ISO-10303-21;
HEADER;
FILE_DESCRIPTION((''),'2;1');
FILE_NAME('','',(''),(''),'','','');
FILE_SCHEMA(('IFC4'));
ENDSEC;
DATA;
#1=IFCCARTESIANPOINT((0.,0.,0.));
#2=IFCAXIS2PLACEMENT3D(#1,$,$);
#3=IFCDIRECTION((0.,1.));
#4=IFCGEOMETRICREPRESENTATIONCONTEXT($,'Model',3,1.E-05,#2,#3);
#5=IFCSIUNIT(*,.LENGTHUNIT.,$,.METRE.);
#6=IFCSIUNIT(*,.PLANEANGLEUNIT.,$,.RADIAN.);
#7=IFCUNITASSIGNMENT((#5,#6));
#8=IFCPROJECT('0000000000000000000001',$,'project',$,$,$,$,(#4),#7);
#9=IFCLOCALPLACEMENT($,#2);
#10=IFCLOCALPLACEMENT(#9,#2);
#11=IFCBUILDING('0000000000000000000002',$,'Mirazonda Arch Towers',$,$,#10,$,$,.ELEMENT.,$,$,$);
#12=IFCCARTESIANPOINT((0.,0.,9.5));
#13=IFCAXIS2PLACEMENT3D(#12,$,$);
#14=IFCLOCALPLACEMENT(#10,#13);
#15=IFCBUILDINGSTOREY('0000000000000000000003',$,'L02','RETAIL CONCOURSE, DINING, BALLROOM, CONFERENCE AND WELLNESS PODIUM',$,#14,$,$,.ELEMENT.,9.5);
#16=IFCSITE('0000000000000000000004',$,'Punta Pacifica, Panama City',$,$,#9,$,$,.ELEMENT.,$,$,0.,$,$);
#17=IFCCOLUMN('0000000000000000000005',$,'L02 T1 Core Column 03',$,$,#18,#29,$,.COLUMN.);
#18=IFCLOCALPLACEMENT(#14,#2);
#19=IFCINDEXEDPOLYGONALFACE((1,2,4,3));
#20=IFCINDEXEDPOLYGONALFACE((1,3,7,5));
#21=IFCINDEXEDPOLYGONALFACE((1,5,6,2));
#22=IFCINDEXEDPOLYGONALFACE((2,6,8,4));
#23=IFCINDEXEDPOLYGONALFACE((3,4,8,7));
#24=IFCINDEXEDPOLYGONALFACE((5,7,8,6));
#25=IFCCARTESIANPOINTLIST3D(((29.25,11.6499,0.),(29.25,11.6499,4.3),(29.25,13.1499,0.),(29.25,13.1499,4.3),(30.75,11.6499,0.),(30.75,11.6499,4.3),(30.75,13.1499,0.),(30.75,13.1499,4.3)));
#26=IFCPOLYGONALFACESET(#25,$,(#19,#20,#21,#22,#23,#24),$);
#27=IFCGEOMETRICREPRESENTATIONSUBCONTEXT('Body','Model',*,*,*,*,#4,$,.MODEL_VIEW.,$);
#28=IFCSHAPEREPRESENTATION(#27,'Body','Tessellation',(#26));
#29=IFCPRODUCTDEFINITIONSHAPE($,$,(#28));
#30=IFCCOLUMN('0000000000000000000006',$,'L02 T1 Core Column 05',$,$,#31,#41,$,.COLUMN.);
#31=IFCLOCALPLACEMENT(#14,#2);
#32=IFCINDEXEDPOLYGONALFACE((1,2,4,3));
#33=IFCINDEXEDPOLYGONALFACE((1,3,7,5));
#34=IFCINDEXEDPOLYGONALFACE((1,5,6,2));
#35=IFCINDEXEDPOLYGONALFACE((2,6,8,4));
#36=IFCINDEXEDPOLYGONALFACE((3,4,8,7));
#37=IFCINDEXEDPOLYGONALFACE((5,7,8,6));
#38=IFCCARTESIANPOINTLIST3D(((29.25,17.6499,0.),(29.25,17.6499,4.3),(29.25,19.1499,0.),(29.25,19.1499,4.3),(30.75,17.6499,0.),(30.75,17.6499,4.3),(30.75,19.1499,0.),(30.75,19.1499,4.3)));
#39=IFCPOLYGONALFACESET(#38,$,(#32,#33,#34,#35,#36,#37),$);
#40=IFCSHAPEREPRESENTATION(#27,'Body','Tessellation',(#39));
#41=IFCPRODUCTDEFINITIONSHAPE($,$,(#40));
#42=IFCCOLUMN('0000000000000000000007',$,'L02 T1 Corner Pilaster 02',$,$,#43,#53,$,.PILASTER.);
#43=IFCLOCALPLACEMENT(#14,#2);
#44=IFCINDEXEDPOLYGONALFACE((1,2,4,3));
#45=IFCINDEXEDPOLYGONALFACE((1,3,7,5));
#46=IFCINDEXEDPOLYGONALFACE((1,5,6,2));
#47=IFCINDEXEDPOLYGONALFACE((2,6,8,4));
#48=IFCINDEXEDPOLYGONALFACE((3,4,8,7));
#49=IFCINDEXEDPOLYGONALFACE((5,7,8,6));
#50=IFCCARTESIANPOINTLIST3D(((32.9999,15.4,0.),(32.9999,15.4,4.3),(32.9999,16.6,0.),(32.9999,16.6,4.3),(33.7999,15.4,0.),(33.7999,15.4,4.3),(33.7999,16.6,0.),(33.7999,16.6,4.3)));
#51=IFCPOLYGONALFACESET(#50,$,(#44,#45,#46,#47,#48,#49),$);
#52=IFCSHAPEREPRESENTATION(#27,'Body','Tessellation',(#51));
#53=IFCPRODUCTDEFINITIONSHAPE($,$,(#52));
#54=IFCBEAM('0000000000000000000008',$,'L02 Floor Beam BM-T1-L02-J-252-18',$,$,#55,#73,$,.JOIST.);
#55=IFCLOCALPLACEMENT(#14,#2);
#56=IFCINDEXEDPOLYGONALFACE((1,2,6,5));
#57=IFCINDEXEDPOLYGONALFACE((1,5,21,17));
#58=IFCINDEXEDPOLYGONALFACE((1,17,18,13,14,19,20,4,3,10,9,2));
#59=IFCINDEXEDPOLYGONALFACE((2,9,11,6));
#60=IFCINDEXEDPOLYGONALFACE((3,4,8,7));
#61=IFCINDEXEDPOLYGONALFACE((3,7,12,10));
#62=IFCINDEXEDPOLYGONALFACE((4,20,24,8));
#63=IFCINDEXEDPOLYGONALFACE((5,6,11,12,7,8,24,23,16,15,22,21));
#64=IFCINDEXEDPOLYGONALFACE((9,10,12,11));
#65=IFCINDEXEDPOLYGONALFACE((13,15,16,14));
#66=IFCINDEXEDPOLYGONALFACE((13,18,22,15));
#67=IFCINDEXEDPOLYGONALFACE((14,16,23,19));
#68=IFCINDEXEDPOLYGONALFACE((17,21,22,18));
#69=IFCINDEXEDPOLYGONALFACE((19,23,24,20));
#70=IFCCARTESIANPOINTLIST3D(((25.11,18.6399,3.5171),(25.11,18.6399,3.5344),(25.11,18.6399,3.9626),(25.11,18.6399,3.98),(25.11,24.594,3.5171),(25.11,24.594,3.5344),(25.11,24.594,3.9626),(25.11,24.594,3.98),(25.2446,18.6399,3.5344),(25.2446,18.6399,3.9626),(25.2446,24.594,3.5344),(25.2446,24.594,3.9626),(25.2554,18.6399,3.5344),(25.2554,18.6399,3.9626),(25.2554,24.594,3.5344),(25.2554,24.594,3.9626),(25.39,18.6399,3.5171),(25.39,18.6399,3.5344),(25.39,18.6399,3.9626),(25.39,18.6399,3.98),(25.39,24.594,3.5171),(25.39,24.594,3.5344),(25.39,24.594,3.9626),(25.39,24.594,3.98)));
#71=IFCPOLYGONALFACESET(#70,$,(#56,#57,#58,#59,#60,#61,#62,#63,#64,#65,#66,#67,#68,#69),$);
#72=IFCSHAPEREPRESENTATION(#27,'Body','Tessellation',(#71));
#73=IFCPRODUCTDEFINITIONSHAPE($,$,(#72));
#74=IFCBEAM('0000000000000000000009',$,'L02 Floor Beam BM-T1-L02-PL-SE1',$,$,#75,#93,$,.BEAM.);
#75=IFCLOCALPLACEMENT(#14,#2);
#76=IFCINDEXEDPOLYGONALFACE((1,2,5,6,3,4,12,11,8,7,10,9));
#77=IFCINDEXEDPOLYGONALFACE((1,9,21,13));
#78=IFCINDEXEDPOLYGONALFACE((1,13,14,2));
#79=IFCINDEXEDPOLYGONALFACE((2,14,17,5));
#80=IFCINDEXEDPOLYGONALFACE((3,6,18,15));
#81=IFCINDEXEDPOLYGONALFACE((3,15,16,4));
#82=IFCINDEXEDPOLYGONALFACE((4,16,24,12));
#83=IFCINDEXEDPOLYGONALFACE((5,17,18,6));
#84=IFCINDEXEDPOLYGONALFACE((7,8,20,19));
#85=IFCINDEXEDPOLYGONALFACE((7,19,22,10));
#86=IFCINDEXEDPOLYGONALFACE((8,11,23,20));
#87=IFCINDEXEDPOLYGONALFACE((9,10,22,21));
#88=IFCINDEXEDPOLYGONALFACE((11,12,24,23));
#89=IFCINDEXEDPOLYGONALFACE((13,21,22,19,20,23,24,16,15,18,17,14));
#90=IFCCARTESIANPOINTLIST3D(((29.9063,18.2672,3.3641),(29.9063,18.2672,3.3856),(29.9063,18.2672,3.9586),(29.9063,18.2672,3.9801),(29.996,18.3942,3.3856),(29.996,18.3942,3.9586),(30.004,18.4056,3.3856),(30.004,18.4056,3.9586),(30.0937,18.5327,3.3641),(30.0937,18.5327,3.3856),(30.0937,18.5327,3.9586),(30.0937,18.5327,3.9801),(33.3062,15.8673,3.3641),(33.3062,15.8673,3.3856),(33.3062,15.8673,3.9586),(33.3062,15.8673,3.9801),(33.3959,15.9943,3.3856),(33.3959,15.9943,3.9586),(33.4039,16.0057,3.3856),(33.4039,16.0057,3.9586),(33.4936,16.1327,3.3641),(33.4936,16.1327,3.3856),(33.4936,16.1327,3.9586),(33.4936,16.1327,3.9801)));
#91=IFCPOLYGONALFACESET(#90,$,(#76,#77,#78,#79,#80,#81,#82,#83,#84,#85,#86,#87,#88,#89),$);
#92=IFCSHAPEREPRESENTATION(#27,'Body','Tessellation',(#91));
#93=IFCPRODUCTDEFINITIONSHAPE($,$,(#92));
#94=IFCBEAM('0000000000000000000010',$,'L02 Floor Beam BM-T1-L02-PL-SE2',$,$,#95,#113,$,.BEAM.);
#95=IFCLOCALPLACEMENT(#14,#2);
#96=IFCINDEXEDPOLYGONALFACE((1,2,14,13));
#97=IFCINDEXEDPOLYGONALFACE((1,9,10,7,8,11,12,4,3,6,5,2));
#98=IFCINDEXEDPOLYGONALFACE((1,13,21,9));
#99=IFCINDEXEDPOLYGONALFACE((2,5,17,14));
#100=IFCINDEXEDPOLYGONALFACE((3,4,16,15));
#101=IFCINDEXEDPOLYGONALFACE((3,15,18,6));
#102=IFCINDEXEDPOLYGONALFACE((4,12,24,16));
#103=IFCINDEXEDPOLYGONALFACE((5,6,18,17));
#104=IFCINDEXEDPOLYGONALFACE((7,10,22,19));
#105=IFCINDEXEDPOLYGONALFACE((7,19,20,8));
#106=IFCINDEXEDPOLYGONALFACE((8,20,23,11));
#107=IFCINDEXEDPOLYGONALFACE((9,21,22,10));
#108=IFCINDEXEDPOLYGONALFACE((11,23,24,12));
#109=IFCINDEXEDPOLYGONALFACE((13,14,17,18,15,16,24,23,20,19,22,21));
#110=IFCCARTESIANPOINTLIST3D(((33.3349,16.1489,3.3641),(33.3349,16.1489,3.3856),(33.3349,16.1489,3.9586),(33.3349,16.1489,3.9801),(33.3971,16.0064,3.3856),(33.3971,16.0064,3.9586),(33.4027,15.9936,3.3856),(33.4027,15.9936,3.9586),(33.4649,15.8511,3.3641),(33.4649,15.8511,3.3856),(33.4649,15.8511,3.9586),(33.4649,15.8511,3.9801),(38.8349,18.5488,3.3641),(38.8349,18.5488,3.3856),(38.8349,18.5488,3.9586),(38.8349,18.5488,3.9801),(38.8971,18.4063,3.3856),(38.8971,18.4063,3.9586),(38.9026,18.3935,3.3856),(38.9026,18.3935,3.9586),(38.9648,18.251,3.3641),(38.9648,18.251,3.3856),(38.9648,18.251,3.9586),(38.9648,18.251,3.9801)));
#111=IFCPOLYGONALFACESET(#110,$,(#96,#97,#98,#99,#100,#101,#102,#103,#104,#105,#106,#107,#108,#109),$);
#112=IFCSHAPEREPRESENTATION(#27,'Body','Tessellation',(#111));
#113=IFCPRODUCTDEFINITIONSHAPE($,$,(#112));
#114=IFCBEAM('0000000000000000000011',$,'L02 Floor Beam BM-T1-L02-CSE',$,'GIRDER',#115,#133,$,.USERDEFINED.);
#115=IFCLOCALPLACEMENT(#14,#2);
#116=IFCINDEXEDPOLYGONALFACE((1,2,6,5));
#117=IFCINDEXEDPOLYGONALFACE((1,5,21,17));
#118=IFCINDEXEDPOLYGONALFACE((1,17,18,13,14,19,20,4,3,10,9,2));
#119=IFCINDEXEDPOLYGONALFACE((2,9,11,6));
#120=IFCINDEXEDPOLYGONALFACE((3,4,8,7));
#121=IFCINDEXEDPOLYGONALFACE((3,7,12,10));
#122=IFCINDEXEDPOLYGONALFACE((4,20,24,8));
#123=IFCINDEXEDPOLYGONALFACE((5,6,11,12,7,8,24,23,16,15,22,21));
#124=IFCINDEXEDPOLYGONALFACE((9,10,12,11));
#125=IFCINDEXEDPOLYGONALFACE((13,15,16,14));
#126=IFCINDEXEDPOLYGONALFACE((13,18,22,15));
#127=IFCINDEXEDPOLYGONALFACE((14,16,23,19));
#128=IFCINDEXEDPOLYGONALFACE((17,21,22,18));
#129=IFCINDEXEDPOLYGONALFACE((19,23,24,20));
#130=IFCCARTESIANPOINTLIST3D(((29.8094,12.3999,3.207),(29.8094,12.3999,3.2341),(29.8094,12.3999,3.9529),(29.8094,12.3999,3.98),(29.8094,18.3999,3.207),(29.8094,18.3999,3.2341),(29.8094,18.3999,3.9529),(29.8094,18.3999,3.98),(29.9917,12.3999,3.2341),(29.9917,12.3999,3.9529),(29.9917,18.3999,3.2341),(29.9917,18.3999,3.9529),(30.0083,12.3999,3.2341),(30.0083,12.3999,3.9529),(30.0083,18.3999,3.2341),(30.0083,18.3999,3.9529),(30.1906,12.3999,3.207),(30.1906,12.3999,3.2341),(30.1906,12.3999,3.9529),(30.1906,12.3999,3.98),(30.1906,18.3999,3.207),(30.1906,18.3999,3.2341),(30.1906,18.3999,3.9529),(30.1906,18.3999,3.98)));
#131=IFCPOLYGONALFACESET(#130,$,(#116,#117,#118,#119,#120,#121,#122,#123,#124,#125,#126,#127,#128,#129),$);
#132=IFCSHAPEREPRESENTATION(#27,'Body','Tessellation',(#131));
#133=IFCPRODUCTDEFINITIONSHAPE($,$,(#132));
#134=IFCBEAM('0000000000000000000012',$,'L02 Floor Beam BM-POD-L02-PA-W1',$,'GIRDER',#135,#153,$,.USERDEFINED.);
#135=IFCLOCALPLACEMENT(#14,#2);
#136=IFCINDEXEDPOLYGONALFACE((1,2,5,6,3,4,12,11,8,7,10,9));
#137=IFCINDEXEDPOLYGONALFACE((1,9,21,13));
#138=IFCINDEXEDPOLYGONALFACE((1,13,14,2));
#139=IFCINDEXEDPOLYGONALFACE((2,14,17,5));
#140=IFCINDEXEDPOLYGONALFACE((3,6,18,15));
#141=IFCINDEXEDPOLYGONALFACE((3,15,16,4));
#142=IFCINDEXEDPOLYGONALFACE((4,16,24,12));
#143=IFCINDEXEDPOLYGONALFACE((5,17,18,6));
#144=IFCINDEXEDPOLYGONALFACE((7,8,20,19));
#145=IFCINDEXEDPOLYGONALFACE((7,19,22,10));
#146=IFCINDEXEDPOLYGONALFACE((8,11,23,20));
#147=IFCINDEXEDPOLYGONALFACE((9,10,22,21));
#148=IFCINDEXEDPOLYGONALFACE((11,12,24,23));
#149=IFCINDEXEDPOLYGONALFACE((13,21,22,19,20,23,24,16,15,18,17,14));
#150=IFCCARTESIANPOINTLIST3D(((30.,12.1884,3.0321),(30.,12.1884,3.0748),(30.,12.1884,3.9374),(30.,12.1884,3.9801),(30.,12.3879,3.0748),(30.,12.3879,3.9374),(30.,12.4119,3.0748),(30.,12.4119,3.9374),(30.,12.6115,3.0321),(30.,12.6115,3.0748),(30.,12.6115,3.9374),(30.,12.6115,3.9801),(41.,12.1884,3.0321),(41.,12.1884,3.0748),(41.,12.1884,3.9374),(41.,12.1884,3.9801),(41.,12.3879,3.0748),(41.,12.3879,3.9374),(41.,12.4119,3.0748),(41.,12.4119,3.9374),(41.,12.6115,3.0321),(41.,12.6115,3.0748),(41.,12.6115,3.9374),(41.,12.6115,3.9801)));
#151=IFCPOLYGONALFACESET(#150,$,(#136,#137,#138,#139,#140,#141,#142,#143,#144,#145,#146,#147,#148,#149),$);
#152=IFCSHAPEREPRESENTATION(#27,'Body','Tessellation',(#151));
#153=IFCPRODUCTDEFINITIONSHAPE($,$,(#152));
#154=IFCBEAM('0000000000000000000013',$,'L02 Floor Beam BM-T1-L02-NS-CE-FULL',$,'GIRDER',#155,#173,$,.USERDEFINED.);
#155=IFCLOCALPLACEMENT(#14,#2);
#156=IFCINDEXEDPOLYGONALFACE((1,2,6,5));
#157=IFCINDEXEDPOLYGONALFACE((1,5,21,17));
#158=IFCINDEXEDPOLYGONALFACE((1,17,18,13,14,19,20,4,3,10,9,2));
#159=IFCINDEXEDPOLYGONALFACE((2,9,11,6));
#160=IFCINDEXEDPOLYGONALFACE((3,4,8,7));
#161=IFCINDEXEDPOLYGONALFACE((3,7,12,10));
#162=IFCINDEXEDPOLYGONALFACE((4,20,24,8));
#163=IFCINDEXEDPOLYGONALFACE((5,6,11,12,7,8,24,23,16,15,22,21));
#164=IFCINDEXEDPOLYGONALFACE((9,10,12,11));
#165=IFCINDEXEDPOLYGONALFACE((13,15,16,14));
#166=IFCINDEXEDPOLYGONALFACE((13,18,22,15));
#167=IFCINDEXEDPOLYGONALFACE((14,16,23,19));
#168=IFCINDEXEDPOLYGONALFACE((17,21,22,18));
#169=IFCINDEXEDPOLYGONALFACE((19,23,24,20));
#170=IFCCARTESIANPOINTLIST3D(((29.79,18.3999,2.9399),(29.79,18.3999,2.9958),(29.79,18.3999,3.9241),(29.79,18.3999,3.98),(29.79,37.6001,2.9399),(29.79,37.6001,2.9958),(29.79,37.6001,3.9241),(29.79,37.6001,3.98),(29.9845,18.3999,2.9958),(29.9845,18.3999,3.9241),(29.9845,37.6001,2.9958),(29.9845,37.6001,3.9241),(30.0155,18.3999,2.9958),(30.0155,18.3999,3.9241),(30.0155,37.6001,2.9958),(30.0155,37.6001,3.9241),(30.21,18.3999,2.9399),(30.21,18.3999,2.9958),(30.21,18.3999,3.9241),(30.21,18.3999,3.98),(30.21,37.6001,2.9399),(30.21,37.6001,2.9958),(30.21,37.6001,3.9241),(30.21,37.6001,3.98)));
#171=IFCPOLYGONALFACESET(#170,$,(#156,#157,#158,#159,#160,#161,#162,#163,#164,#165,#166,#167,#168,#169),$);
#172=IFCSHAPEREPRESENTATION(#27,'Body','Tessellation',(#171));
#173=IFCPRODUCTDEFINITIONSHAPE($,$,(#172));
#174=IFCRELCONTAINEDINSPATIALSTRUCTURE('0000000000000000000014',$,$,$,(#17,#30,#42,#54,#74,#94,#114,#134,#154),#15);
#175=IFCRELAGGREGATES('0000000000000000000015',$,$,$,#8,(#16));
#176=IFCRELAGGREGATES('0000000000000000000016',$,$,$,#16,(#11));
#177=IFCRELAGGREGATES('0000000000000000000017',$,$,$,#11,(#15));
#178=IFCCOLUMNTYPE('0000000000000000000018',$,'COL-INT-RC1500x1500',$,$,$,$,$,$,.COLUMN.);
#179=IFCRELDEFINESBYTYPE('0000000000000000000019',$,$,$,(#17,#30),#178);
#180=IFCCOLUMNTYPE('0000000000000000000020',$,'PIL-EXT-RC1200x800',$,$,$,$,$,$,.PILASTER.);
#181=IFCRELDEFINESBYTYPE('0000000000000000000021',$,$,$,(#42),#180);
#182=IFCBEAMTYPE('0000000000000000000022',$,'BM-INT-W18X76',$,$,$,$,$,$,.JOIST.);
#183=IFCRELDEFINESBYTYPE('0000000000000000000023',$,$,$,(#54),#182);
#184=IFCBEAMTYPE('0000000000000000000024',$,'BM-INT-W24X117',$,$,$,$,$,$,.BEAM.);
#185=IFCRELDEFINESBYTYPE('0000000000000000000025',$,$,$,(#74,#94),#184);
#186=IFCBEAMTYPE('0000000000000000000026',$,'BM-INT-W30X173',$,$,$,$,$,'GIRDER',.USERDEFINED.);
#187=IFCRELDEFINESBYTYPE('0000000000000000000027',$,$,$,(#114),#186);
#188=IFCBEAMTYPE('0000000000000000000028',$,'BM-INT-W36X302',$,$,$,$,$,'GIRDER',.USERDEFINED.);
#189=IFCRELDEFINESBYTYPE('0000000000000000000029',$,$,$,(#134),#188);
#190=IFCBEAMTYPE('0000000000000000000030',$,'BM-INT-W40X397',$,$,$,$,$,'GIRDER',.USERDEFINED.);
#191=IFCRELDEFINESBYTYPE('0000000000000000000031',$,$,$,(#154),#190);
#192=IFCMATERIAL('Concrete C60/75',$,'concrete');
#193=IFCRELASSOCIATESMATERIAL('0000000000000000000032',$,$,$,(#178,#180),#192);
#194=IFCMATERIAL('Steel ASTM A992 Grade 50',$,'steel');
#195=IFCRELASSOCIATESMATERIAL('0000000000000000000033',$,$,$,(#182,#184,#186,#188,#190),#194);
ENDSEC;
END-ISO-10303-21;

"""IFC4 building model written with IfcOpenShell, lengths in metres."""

from ifc_helpers import new_model, si_unit, direction, frame, origin, origin_2d, place, context, subcontext, project, spatial, rectangle, i_section, extrude, material, material_profile, profile_set, type_object, element, save


model = new_model("IFC4")

# Units and contexts
model_context = context("Model", 3, precision=1e-05, world=origin(), true_north=direction((0.0, 1.0)))
body_context = subcontext(model_context, "Body", "Model", "MODEL_VIEW")
ifc_project = project(units=[si_unit("LENGTHUNIT", "METRE"), si_unit("PLANEANGLEUNIT", "RADIAN")], contexts=[model_context])

# Site, building, storey
site_placement = place(None, origin())
site = spatial("IfcSite", under=ifc_project, at=site_placement, Name="Punta Pacifica, Panama City", CompositionType="ELEMENT", RefElevation=0.0)
building_placement = place(site_placement, origin())
building = spatial("IfcBuilding", under=site, at=building_placement, Name="Mirazonda Arch Towers", CompositionType="ELEMENT")
storey_placement = place(building_placement, frame((0.0, 0.0, 9.5)))
storey = spatial("IfcBuildingStorey", under=building, at=storey_placement, Name="L02", Description="RETAIL CONCOURSE, DINING, BALLROOM, CONFERENCE AND WELLNESS PODIUM", CompositionType="ELEMENT", Elevation=9.5)

# Columns
ifc_material_1 = material(Name="Concrete C60/75", Category="concrete")
ifc_material_profile_1 = material_profile(ifc_material_1, rectangle(XDim=1.5, YDim=1.5, at=origin_2d()), Name="RC1500x1500")
ifc_profile_set_1 = profile_set([ifc_material_profile_1], Name="Concrete C60/75")
column_type_1 = type_object("IfcColumnType", Name="COL-INT-RC1500x1500", PredefinedType="COLUMN", material=ifc_profile_set_1)
for number, where, z_axis, x_axis, name in (
    (1, (30.0, 12.3999, 0.0), (0.0, 0.0, 1.0), (1.0, 0.0, 0.0), "L02 T1 Core Column 03"),
    (2, (30.0, 18.3999, 0.0), (0.0, 0.0, 1.0), (1.0, 0.0, 0.0), "L02 T1 Core Column 05"),
):
    element("IfcColumn", number, at=place(storey_placement, frame(where, z_axis=z_axis, x_axis=x_axis)), inside=storey, type_object=column_type_1, Name=name, PredefinedType="COLUMN", context=body_context, shape_type="SweptSolid", body=[
        extrude(rectangle(XDim=1.5, YDim=1.5, at=origin_2d()), origin(), (0.0, 0.0, 1.0), 4.3),
    ])
ifc_material_profile_2 = material_profile(ifc_material_1, rectangle(XDim=0.8, YDim=1.2, at=origin_2d()), Name="RC1200x800")
ifc_profile_set_2 = profile_set([ifc_material_profile_2], Name="Concrete C60/75")
column_type_2 = type_object("IfcColumnType", Name="PIL-EXT-RC1200x800", PredefinedType="PILASTER", material=ifc_profile_set_2)
column_placement = place(storey_placement, frame((33.3999, 16.0, 0.0), z_axis=(0.0, 0.0, 1.0), x_axis=(1.0, 0.0, 0.0)))
element("IfcColumn", 3, at=column_placement, inside=storey, type_object=column_type_2, Name="L02 T1 Corner Pilaster 02", PredefinedType="PILASTER", context=body_context, shape_type="SweptSolid", body=[
    extrude(rectangle(XDim=0.8, YDim=1.2, at=origin_2d()), origin(), (0.0, 0.0, 1.0), 4.3),
])

# Beams
ifc_material_2 = material(Name="Steel ASTM A992 Grade 50", Category="steel")
ifc_material_profile_3 = material_profile(ifc_material_2, i_section(OverallWidth=0.28, OverallDepth=0.4629, WebThickness=0.0107, FlangeThickness=0.0173, at=origin_2d()), Name="W18X76")
ifc_profile_set_3 = profile_set([ifc_material_profile_3], Name="Steel ASTM A992 Grade 50")
beam_type_1 = type_object("IfcBeamType", Name="BM-INT-W18X76", PredefinedType="JOIST", material=ifc_profile_set_3)
beam_1_placement = place(storey_placement, frame((25.25, 18.6399, 3.7485), z_axis=(0.0, 1.0, 0.0), x_axis=(-1.0, 0.0, 0.0)))
element("IfcBeam", 4, at=beam_1_placement, inside=storey, type_object=beam_type_1, Name="L02 Floor Beam BM-T1-L02-J-252-18", PredefinedType="JOIST", context=body_context, shape_type="SweptSolid", body=[
    extrude(i_section(OverallWidth=0.28, OverallDepth=0.4629, WebThickness=0.0107, FlangeThickness=0.0173, at=origin_2d()), origin(), (0.0, 0.0, 1.0), 5.9541),
])
ifc_material_profile_4 = material_profile(ifc_material_2, i_section(OverallWidth=0.325, OverallDepth=0.616, WebThickness=0.0139, FlangeThickness=0.0215, at=origin_2d()), Name="W24X117")
ifc_profile_set_4 = profile_set([ifc_material_profile_4], Name="Steel ASTM A992 Grade 50")
beam_type_2 = type_object("IfcBeamType", Name="BM-INT-W24X117", PredefinedType="BEAM", material=ifc_profile_set_4)
beam_2_placement = place(storey_placement, frame((33.3999, 16.0, 3.6721), z_axis=(-0.816971, 0.576679, 0.0), x_axis=(-0.576679, -0.816971, 0.0)))
element("IfcBeam", 5, at=beam_2_placement, inside=storey, type_object=beam_type_2, Name="L02 Floor Beam BM-T1-L02-PL-SE1", PredefinedType="BEAM", context=body_context, shape_type="SweptSolid", body=[
    extrude(i_section(OverallWidth=0.325, OverallDepth=0.616, WebThickness=0.0139, FlangeThickness=0.0215, at=origin_2d()), origin(), (0.0, 0.0, 1.0), 4.1616),
])
beam_3_placement = place(storey_placement, frame((33.3999, 16.0, 3.6721), z_axis=(0.916545, 0.399931, 0.0), x_axis=(-0.399931, 0.916545, 0.0)))
element("IfcBeam", 6, at=beam_3_placement, inside=storey, type_object=beam_type_2, Name="L02 Floor Beam BM-T1-L02-PL-SE2", PredefinedType="BEAM", context=body_context, shape_type="SweptSolid", body=[
    extrude(i_section(OverallWidth=0.325, OverallDepth=0.616, WebThickness=0.0139, FlangeThickness=0.0215, at=origin_2d()), origin(), (0.0, 0.0, 1.0), 6.0007),
])
ifc_material_profile_5 = material_profile(ifc_material_2, i_section(OverallWidth=0.3811, OverallDepth=0.7729, WebThickness=0.0166, FlangeThickness=0.0271, at=origin_2d()), Name="W30X173")
ifc_profile_set_5 = profile_set([ifc_material_profile_5], Name="Steel ASTM A992 Grade 50")
beam_type_3 = type_object("IfcBeamType", Name="BM-INT-W30X173", ElementType="GIRDER", PredefinedType="USERDEFINED", material=ifc_profile_set_5)
beam_4_placement = place(storey_placement, frame((30.0, 12.3999, 3.5935), z_axis=(0.0, 1.0, 0.0), x_axis=(-1.0, 0.0, 0.0)))
element("IfcBeam", 7, at=beam_4_placement, inside=storey, type_object=beam_type_3, Name="L02 Floor Beam BM-T1-L02-CSE", ObjectType="GIRDER", PredefinedType="USERDEFINED", context=body_context, shape_type="SweptSolid", body=[
    extrude(i_section(OverallWidth=0.3811, OverallDepth=0.7729, WebThickness=0.0166, FlangeThickness=0.0271, at=origin_2d()), origin(), (0.0, 0.0, 1.0), 6.0),
])
ifc_material_profile_6 = material_profile(ifc_material_2, i_section(OverallWidth=0.4231, OverallDepth=0.948, WebThickness=0.0239, FlangeThickness=0.0427, at=origin_2d()), Name="W36X302")
ifc_profile_set_6 = profile_set([ifc_material_profile_6], Name="Steel ASTM A992 Grade 50")
beam_type_4 = type_object("IfcBeamType", Name="BM-INT-W36X302", ElementType="GIRDER", PredefinedType="USERDEFINED", material=ifc_profile_set_6)
beam_5_placement = place(storey_placement, frame((30.0, 12.3999, 3.5061), z_axis=(1.0, 0.0, 0.0), x_axis=(0.0, 1.0, 0.0)))
element("IfcBeam", 8, at=beam_5_placement, inside=storey, type_object=beam_type_4, Name="L02 Floor Beam BM-POD-L02-PA-W1", ObjectType="GIRDER", PredefinedType="USERDEFINED", context=body_context, shape_type="SweptSolid", body=[
    extrude(i_section(OverallWidth=0.4231, OverallDepth=0.948, WebThickness=0.0239, FlangeThickness=0.0427, at=origin_2d()), origin(), (0.0, 0.0, 1.0), 11.0),
])
ifc_material_profile_7 = material_profile(ifc_material_2, i_section(OverallWidth=0.4199, OverallDepth=1.04, WebThickness=0.031, FlangeThickness=0.0559, at=origin_2d()), Name="W40X397")
ifc_profile_set_7 = profile_set([ifc_material_profile_7], Name="Steel ASTM A992 Grade 50")
beam_type_5 = type_object("IfcBeamType", Name="BM-INT-W40X397", ElementType="GIRDER", PredefinedType="USERDEFINED", material=ifc_profile_set_7)
beam_6_placement = place(storey_placement, frame((30.0, 18.3999, 3.46), z_axis=(0.0, 1.0, 0.0), x_axis=(-1.0, 0.0, 0.0)))
element("IfcBeam", 9, at=beam_6_placement, inside=storey, type_object=beam_type_5, Name="L02 Floor Beam BM-T1-L02-NS-CE-FULL", ObjectType="GIRDER", PredefinedType="USERDEFINED", context=body_context, shape_type="SweptSolid", body=[
    extrude(i_section(OverallWidth=0.4199, OverallDepth=1.04, WebThickness=0.031, FlangeThickness=0.0559, at=origin_2d()), origin(), (0.0, 0.0, 1.0), 19.2002),
])

save(model, "model.ifc")
